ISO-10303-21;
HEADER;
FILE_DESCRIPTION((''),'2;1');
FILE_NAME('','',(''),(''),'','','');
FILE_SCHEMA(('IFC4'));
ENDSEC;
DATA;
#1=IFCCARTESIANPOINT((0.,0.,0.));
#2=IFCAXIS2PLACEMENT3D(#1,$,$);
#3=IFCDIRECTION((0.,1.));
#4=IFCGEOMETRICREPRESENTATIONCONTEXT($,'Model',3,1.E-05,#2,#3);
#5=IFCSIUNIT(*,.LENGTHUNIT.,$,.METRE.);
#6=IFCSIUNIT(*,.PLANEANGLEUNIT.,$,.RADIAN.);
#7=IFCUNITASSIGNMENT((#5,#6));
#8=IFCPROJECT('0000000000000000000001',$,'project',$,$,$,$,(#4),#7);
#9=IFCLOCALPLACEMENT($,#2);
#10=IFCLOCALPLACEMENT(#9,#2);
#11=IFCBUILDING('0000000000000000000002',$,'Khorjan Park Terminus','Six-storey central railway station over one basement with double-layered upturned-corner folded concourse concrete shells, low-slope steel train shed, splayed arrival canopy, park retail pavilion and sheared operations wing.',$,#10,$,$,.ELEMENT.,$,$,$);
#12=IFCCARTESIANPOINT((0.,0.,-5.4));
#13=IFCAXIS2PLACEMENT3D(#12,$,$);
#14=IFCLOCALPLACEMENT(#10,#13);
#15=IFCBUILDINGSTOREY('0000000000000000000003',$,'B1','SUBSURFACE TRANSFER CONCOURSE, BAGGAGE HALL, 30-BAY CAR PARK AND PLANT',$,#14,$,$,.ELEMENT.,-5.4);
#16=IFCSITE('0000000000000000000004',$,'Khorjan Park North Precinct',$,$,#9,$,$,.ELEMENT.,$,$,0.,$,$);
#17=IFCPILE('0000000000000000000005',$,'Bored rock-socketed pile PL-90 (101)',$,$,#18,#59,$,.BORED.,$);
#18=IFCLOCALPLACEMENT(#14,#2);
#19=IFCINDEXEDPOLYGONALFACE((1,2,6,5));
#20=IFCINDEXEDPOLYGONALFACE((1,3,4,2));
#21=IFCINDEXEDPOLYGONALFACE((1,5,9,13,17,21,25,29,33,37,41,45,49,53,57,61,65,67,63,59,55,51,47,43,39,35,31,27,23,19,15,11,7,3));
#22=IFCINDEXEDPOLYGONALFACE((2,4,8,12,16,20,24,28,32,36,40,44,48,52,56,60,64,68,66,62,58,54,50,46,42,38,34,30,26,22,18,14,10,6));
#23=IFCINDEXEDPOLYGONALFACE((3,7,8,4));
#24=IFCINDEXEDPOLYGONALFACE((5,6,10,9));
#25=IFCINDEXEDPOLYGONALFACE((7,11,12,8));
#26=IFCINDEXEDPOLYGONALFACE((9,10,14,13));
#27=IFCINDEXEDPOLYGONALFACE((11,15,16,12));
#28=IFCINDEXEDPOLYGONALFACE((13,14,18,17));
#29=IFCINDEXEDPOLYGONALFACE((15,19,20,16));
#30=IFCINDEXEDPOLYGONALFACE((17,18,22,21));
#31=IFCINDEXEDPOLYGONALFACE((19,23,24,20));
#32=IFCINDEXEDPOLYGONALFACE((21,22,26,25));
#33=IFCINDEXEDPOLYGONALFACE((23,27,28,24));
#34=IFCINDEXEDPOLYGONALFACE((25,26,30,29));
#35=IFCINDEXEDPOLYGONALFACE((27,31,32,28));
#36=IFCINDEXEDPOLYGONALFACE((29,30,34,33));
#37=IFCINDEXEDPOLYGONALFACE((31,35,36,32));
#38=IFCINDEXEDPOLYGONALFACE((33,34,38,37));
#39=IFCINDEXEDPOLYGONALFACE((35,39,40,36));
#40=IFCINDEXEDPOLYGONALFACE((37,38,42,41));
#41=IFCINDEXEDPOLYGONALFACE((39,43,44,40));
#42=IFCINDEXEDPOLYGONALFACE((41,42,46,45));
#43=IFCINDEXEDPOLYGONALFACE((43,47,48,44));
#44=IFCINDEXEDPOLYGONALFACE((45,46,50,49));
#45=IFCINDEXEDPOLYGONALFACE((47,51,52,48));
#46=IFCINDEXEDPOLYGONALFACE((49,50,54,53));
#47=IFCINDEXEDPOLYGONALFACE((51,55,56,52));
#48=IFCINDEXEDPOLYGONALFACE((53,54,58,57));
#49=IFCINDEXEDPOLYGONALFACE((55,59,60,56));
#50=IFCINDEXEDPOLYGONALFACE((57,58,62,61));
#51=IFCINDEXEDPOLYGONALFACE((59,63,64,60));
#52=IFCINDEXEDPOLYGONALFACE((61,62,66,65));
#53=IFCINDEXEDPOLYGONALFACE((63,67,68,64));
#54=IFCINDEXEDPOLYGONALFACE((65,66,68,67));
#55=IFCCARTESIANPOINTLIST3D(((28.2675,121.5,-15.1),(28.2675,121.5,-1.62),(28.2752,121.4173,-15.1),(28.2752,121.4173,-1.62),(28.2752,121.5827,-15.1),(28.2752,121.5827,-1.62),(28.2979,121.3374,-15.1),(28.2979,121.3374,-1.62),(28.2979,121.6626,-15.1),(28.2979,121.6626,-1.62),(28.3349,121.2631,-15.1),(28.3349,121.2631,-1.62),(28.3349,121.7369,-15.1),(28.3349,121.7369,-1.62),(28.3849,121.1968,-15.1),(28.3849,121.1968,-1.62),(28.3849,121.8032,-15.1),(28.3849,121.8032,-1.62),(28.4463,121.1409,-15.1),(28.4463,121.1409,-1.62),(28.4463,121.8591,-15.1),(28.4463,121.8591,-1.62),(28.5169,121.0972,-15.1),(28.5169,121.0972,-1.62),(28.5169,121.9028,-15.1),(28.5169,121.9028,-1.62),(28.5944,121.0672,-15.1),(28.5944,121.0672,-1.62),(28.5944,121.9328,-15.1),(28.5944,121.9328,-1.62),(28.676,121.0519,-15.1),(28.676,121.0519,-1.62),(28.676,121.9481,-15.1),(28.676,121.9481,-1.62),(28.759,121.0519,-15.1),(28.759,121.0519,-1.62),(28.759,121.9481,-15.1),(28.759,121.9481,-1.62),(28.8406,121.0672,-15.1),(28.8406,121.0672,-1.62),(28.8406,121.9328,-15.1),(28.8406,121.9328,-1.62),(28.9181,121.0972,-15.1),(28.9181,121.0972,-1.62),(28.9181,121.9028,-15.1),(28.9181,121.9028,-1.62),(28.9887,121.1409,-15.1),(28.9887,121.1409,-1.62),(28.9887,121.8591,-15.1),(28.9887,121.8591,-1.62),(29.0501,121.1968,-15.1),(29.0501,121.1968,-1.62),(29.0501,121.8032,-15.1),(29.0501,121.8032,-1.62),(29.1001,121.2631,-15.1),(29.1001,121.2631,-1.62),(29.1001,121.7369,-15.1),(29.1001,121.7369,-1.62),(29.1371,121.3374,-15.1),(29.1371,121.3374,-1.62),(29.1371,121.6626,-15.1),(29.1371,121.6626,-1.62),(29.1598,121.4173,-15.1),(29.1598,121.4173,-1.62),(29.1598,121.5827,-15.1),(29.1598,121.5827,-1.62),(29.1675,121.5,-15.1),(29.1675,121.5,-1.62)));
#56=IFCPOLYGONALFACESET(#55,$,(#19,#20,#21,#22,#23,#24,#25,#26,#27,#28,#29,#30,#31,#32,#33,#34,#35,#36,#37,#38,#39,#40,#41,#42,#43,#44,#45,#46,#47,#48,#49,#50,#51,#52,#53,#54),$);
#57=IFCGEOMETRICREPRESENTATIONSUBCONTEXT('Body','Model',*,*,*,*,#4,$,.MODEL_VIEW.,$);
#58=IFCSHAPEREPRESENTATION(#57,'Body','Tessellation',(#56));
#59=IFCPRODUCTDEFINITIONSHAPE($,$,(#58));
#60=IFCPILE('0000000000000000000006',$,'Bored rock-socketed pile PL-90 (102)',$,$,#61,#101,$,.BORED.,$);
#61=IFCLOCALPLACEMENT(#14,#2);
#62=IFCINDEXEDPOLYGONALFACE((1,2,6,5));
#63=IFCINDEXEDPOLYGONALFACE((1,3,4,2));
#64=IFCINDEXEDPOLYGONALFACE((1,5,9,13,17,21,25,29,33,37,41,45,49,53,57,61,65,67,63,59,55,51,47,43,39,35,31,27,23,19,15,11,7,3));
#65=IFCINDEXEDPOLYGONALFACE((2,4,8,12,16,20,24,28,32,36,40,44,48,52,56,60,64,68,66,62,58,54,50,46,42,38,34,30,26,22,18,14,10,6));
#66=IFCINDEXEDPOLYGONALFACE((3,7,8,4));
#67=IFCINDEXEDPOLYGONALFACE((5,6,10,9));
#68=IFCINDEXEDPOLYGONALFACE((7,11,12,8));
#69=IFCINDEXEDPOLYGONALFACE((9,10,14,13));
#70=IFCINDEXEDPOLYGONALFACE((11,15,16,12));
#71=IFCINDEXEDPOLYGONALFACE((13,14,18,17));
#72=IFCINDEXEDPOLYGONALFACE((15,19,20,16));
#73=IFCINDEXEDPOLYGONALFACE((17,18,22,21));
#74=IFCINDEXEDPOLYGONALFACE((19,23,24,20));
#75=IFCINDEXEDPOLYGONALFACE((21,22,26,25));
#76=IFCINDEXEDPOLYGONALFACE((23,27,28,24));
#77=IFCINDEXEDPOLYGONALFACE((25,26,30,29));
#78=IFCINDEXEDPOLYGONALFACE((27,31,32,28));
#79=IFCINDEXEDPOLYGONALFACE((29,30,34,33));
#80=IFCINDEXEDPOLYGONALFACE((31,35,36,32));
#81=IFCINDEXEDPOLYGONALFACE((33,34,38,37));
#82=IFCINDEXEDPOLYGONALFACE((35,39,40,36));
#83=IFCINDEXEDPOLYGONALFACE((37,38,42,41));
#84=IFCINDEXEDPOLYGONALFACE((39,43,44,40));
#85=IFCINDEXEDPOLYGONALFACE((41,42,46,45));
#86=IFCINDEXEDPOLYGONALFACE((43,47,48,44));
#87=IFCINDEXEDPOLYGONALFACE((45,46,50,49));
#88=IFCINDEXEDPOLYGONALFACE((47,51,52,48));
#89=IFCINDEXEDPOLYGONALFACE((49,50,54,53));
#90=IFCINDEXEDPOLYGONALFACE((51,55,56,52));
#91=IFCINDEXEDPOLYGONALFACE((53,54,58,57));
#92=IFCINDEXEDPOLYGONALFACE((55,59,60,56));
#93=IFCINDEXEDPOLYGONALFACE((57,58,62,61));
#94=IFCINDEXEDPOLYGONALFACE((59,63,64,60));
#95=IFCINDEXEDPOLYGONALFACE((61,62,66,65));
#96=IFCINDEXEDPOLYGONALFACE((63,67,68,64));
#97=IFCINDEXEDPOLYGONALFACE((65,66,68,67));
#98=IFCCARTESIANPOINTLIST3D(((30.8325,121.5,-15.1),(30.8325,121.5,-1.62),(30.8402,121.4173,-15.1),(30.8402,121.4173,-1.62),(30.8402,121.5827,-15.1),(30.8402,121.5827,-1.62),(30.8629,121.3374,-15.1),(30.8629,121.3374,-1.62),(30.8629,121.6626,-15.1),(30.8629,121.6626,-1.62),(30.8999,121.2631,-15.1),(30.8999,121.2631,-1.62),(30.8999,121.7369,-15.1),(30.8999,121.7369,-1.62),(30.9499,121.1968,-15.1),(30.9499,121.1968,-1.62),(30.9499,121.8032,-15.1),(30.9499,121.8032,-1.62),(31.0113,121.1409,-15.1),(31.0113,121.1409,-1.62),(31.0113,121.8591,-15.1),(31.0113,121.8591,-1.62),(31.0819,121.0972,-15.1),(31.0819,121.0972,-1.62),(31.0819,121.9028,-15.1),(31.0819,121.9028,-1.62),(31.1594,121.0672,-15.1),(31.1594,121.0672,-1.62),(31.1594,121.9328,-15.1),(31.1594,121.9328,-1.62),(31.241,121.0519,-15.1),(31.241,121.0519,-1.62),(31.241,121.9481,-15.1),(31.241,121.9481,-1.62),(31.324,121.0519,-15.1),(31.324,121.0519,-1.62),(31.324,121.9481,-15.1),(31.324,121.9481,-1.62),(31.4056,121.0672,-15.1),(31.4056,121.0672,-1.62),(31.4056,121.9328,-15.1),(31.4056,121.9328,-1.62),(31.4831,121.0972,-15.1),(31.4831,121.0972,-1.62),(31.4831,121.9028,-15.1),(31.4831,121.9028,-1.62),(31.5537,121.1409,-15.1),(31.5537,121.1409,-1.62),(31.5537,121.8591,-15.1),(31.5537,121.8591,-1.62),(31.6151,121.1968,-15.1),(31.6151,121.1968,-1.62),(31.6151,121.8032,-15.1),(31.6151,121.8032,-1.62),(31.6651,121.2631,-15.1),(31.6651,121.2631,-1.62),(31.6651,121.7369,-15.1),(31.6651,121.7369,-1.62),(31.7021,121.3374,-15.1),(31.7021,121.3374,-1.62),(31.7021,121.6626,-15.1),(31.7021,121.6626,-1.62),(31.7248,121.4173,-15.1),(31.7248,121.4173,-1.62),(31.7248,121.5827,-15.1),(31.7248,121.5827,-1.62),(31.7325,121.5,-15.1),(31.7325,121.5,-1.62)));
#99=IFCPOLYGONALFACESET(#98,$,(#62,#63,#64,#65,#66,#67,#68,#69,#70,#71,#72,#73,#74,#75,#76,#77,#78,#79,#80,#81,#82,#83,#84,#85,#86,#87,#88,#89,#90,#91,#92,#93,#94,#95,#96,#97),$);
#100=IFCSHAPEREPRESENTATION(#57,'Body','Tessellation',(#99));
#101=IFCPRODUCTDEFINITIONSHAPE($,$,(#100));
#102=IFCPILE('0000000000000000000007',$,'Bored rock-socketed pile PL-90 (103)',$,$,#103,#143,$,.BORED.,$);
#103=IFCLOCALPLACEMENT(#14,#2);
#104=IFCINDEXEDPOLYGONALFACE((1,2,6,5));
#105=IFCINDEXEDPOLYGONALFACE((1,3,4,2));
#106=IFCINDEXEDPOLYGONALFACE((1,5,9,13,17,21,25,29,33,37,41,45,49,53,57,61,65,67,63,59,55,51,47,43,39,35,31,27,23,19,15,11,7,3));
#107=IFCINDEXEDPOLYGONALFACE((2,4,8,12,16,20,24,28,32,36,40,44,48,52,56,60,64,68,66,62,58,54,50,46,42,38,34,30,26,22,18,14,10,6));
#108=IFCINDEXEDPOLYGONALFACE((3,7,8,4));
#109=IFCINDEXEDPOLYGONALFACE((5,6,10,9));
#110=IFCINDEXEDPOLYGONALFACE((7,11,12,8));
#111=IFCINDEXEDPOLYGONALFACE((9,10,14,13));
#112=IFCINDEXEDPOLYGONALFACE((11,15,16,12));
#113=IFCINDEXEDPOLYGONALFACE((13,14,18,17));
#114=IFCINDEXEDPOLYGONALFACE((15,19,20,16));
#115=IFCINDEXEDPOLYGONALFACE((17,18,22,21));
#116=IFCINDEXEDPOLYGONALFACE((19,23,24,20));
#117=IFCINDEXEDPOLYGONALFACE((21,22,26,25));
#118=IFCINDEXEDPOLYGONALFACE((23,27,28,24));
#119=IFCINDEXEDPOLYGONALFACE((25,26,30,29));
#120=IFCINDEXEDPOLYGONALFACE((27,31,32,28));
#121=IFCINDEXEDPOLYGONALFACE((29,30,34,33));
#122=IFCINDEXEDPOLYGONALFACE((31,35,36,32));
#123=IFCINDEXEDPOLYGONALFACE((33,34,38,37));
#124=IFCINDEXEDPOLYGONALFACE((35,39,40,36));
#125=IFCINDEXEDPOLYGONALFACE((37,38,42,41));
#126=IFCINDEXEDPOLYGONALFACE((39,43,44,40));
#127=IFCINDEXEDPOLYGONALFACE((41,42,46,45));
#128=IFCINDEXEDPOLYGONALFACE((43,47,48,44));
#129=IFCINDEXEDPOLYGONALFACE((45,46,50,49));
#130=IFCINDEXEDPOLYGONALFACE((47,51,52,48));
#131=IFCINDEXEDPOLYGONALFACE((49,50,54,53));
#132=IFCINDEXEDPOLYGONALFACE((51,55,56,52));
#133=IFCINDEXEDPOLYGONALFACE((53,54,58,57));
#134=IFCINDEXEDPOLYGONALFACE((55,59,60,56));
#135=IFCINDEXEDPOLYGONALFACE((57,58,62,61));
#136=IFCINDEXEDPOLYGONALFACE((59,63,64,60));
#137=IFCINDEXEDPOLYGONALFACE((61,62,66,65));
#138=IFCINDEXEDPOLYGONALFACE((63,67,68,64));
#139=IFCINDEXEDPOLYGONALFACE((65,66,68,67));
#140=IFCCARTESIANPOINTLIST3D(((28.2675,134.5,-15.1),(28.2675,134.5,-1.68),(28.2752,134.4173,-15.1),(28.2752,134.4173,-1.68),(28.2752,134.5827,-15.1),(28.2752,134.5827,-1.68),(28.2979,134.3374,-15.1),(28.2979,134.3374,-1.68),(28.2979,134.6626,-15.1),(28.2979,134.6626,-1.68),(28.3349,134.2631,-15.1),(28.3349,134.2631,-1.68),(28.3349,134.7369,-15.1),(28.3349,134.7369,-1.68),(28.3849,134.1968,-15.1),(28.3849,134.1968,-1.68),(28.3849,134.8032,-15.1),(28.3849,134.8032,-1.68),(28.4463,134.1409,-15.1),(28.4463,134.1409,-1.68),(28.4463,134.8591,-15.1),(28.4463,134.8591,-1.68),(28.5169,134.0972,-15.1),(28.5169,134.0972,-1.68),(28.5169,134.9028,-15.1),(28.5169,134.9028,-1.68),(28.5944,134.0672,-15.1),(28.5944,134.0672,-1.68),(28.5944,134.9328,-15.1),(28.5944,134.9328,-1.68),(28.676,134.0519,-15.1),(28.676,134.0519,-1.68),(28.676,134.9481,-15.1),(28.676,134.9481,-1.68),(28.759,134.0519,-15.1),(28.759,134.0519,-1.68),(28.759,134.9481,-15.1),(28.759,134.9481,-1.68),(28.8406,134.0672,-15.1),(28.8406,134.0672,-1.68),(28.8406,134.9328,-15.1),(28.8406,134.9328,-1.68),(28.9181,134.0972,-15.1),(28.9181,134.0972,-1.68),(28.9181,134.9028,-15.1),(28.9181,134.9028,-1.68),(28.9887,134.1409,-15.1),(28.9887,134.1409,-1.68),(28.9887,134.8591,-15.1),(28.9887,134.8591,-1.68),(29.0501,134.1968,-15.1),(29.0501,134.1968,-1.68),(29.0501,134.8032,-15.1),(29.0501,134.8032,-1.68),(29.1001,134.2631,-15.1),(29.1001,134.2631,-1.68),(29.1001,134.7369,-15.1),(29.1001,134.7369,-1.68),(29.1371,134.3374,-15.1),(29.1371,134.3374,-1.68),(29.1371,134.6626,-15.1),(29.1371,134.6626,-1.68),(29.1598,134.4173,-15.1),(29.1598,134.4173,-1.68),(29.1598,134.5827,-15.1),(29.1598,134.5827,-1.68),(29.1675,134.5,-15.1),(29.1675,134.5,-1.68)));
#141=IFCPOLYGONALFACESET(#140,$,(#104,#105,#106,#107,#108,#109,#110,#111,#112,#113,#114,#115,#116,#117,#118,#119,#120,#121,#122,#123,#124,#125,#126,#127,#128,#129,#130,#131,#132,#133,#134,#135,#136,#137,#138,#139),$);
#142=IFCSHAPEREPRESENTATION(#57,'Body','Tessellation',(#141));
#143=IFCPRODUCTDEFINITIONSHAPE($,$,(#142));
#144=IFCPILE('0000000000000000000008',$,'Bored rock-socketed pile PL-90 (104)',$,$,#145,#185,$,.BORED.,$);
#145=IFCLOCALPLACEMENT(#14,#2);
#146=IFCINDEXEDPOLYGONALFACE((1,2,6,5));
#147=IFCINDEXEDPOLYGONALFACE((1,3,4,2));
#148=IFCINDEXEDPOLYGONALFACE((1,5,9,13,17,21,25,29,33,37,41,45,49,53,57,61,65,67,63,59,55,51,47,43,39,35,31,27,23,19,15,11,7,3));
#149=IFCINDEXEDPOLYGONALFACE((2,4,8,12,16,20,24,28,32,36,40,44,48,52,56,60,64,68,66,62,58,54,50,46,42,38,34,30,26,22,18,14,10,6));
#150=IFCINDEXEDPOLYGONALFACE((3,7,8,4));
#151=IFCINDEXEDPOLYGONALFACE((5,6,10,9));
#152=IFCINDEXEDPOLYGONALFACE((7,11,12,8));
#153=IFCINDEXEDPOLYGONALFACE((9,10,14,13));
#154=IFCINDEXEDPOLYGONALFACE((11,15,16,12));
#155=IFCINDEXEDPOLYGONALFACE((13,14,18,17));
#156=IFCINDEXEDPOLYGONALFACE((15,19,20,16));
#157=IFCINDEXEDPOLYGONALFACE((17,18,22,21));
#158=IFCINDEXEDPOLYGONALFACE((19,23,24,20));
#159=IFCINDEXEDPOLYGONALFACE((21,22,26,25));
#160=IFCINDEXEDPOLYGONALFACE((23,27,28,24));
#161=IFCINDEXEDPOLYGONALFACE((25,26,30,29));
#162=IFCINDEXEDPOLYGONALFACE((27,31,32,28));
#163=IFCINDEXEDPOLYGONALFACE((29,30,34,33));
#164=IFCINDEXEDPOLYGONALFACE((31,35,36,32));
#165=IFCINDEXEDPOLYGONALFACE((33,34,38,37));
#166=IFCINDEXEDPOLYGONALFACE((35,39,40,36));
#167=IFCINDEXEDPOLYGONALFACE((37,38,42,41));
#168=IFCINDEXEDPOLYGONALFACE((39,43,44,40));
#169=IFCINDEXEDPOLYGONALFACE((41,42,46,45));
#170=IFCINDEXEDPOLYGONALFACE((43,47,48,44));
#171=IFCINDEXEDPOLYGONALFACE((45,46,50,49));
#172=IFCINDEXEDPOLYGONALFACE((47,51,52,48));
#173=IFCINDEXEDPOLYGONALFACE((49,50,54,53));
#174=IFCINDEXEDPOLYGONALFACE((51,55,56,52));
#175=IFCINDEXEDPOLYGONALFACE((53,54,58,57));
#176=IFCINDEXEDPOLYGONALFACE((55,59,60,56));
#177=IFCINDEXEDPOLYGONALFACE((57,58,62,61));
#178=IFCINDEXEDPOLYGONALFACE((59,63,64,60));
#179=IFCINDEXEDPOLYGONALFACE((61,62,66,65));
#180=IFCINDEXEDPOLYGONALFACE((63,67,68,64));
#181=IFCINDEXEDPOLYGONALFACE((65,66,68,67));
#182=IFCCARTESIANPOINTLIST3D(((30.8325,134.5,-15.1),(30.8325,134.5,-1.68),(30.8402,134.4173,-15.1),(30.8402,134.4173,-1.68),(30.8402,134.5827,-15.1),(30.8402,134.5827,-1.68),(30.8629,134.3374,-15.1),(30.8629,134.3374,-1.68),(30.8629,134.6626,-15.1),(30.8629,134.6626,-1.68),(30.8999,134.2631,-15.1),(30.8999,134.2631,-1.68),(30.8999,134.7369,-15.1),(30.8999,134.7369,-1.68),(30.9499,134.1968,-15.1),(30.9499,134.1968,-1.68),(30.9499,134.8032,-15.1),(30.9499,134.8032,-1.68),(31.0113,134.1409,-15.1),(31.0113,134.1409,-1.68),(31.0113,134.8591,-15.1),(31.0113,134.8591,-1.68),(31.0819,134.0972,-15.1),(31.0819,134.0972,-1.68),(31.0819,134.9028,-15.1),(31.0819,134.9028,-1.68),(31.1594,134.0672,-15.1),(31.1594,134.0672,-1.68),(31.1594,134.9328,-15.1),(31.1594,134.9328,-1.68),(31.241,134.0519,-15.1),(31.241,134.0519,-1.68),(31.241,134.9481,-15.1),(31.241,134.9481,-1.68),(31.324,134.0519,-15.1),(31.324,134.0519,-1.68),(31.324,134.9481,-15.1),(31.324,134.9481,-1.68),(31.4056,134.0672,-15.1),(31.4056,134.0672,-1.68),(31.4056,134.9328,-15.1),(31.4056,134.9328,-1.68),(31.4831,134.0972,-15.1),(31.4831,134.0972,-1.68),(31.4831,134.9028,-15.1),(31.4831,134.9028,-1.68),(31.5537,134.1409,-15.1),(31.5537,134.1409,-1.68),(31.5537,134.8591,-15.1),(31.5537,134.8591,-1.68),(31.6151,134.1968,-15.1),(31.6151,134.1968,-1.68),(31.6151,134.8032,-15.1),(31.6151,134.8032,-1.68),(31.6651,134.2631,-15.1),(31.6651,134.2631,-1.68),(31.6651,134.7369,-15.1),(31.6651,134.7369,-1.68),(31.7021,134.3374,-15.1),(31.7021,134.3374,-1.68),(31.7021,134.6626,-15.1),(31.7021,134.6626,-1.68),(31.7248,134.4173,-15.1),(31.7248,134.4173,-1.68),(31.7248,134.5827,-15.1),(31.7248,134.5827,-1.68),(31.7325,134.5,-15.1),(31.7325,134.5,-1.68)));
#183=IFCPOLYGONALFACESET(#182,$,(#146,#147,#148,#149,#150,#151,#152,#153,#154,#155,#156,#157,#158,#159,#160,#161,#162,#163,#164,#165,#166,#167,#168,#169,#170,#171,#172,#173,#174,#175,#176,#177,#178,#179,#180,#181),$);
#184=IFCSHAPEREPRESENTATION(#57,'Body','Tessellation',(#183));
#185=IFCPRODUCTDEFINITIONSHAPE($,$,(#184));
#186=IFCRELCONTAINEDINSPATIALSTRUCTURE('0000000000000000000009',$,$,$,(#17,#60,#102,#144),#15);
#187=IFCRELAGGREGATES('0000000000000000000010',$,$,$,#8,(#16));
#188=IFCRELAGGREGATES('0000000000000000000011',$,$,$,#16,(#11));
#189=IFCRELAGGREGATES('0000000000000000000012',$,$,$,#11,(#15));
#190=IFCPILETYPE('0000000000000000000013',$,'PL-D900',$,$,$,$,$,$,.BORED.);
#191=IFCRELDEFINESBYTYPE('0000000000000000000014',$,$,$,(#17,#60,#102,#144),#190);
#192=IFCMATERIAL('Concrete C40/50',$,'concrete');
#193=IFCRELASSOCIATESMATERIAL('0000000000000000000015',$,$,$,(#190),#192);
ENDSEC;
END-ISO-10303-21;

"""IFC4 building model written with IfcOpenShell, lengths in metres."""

from ifc_helpers import new_model, si_unit, direction, frame, origin, origin_2d, place, context, subcontext, project, spatial, circle, extrude, material, material_profile, profile_set, type_object, element, save


model = new_model("IFC4")

# Units and contexts
model_context = context("Model", 3, precision=1e-05, world=origin(), true_north=direction((0.0, 1.0)))
body_context = subcontext(model_context, "Body", "Model", "MODEL_VIEW")
ifc_project = project(units=[si_unit("LENGTHUNIT", "METRE"), si_unit("PLANEANGLEUNIT", "RADIAN")], contexts=[model_context])

# Site, building, storey
site_placement = place(None, origin())
site = spatial("IfcSite", under=ifc_project, at=site_placement, Name="Khorjan Park North Precinct", CompositionType="ELEMENT", RefElevation=0.0)
building_placement = place(site_placement, origin())
building = spatial("IfcBuilding", under=site, at=building_placement, Name="Khorjan Park Terminus", Description="Six-storey central railway station over one basement with double-layered upturned-corner folded concourse concrete shells, low-slope steel train shed, splayed arrival canopy, park retail pavilion and sheared operations wing.", CompositionType="ELEMENT")
storey_placement = place(building_placement, frame((0.0, 0.0, -5.4)))
storey = spatial("IfcBuildingStorey", under=building, at=storey_placement, Name="B1", Description="SUBSURFACE TRANSFER CONCOURSE, BAGGAGE HALL, 30-BAY CAR PARK AND PLANT", CompositionType="ELEMENT", Elevation=-5.4)

# Shared definitions
ifc_material = material(Name="Concrete C40/50", Category="concrete")

# Piles
ifc_material_profile_1 = material_profile(ifc_material, circle(Radius=0.45, at=origin_2d()), Name="BORED D900")
ifc_profile_set_1 = profile_set([ifc_material_profile_1], Name="Concrete C40/50")
pile_type = type_object("IfcPileType", Name="PL-D900", PredefinedType="BORED", material=ifc_profile_set_1)
for number, where, z_axis, x_axis, name in (
    (1, (28.7175, 121.5, -1.62), (0.0, 0.0, -1.0), (1.0, 0.0, 0.0), "Bored rock-socketed pile PL-90 (101)"),
    (2, (31.2825, 121.5, -1.62), (0.0, 0.0, -1.0), (1.0, 0.0, 0.0), "Bored rock-socketed pile PL-90 (102)"),
):
    element("IfcPile", number, at=place(storey_placement, frame(where, z_axis=z_axis, x_axis=x_axis)), inside=storey, type_object=pile_type, Name=name, PredefinedType="BORED", context=body_context, shape_type="SweptSolid", body=[
        extrude(circle(Radius=0.45, at=origin_2d()), origin(), (0.0, 0.0, 1.0), 13.48),
    ])
for number, where, z_axis, x_axis, name in (
    (3, (28.7175, 134.5, -1.68), (0.0, 0.0, -1.0), (1.0, 0.0, 0.0), "Bored rock-socketed pile PL-90 (103)"),
    (4, (31.2825, 134.5, -1.68), (0.0, 0.0, -1.0), (1.0, 0.0, 0.0), "Bored rock-socketed pile PL-90 (104)"),
):
    element("IfcPile", number, at=place(storey_placement, frame(where, z_axis=z_axis, x_axis=x_axis)), inside=storey, type_object=pile_type, Name=name, PredefinedType="BORED", context=body_context, shape_type="SweptSolid", body=[
        extrude(circle(Radius=0.45, at=origin_2d()), origin(), (0.0, 0.0, 1.0), 13.42),
    ])

save(model, "model.ifc")
